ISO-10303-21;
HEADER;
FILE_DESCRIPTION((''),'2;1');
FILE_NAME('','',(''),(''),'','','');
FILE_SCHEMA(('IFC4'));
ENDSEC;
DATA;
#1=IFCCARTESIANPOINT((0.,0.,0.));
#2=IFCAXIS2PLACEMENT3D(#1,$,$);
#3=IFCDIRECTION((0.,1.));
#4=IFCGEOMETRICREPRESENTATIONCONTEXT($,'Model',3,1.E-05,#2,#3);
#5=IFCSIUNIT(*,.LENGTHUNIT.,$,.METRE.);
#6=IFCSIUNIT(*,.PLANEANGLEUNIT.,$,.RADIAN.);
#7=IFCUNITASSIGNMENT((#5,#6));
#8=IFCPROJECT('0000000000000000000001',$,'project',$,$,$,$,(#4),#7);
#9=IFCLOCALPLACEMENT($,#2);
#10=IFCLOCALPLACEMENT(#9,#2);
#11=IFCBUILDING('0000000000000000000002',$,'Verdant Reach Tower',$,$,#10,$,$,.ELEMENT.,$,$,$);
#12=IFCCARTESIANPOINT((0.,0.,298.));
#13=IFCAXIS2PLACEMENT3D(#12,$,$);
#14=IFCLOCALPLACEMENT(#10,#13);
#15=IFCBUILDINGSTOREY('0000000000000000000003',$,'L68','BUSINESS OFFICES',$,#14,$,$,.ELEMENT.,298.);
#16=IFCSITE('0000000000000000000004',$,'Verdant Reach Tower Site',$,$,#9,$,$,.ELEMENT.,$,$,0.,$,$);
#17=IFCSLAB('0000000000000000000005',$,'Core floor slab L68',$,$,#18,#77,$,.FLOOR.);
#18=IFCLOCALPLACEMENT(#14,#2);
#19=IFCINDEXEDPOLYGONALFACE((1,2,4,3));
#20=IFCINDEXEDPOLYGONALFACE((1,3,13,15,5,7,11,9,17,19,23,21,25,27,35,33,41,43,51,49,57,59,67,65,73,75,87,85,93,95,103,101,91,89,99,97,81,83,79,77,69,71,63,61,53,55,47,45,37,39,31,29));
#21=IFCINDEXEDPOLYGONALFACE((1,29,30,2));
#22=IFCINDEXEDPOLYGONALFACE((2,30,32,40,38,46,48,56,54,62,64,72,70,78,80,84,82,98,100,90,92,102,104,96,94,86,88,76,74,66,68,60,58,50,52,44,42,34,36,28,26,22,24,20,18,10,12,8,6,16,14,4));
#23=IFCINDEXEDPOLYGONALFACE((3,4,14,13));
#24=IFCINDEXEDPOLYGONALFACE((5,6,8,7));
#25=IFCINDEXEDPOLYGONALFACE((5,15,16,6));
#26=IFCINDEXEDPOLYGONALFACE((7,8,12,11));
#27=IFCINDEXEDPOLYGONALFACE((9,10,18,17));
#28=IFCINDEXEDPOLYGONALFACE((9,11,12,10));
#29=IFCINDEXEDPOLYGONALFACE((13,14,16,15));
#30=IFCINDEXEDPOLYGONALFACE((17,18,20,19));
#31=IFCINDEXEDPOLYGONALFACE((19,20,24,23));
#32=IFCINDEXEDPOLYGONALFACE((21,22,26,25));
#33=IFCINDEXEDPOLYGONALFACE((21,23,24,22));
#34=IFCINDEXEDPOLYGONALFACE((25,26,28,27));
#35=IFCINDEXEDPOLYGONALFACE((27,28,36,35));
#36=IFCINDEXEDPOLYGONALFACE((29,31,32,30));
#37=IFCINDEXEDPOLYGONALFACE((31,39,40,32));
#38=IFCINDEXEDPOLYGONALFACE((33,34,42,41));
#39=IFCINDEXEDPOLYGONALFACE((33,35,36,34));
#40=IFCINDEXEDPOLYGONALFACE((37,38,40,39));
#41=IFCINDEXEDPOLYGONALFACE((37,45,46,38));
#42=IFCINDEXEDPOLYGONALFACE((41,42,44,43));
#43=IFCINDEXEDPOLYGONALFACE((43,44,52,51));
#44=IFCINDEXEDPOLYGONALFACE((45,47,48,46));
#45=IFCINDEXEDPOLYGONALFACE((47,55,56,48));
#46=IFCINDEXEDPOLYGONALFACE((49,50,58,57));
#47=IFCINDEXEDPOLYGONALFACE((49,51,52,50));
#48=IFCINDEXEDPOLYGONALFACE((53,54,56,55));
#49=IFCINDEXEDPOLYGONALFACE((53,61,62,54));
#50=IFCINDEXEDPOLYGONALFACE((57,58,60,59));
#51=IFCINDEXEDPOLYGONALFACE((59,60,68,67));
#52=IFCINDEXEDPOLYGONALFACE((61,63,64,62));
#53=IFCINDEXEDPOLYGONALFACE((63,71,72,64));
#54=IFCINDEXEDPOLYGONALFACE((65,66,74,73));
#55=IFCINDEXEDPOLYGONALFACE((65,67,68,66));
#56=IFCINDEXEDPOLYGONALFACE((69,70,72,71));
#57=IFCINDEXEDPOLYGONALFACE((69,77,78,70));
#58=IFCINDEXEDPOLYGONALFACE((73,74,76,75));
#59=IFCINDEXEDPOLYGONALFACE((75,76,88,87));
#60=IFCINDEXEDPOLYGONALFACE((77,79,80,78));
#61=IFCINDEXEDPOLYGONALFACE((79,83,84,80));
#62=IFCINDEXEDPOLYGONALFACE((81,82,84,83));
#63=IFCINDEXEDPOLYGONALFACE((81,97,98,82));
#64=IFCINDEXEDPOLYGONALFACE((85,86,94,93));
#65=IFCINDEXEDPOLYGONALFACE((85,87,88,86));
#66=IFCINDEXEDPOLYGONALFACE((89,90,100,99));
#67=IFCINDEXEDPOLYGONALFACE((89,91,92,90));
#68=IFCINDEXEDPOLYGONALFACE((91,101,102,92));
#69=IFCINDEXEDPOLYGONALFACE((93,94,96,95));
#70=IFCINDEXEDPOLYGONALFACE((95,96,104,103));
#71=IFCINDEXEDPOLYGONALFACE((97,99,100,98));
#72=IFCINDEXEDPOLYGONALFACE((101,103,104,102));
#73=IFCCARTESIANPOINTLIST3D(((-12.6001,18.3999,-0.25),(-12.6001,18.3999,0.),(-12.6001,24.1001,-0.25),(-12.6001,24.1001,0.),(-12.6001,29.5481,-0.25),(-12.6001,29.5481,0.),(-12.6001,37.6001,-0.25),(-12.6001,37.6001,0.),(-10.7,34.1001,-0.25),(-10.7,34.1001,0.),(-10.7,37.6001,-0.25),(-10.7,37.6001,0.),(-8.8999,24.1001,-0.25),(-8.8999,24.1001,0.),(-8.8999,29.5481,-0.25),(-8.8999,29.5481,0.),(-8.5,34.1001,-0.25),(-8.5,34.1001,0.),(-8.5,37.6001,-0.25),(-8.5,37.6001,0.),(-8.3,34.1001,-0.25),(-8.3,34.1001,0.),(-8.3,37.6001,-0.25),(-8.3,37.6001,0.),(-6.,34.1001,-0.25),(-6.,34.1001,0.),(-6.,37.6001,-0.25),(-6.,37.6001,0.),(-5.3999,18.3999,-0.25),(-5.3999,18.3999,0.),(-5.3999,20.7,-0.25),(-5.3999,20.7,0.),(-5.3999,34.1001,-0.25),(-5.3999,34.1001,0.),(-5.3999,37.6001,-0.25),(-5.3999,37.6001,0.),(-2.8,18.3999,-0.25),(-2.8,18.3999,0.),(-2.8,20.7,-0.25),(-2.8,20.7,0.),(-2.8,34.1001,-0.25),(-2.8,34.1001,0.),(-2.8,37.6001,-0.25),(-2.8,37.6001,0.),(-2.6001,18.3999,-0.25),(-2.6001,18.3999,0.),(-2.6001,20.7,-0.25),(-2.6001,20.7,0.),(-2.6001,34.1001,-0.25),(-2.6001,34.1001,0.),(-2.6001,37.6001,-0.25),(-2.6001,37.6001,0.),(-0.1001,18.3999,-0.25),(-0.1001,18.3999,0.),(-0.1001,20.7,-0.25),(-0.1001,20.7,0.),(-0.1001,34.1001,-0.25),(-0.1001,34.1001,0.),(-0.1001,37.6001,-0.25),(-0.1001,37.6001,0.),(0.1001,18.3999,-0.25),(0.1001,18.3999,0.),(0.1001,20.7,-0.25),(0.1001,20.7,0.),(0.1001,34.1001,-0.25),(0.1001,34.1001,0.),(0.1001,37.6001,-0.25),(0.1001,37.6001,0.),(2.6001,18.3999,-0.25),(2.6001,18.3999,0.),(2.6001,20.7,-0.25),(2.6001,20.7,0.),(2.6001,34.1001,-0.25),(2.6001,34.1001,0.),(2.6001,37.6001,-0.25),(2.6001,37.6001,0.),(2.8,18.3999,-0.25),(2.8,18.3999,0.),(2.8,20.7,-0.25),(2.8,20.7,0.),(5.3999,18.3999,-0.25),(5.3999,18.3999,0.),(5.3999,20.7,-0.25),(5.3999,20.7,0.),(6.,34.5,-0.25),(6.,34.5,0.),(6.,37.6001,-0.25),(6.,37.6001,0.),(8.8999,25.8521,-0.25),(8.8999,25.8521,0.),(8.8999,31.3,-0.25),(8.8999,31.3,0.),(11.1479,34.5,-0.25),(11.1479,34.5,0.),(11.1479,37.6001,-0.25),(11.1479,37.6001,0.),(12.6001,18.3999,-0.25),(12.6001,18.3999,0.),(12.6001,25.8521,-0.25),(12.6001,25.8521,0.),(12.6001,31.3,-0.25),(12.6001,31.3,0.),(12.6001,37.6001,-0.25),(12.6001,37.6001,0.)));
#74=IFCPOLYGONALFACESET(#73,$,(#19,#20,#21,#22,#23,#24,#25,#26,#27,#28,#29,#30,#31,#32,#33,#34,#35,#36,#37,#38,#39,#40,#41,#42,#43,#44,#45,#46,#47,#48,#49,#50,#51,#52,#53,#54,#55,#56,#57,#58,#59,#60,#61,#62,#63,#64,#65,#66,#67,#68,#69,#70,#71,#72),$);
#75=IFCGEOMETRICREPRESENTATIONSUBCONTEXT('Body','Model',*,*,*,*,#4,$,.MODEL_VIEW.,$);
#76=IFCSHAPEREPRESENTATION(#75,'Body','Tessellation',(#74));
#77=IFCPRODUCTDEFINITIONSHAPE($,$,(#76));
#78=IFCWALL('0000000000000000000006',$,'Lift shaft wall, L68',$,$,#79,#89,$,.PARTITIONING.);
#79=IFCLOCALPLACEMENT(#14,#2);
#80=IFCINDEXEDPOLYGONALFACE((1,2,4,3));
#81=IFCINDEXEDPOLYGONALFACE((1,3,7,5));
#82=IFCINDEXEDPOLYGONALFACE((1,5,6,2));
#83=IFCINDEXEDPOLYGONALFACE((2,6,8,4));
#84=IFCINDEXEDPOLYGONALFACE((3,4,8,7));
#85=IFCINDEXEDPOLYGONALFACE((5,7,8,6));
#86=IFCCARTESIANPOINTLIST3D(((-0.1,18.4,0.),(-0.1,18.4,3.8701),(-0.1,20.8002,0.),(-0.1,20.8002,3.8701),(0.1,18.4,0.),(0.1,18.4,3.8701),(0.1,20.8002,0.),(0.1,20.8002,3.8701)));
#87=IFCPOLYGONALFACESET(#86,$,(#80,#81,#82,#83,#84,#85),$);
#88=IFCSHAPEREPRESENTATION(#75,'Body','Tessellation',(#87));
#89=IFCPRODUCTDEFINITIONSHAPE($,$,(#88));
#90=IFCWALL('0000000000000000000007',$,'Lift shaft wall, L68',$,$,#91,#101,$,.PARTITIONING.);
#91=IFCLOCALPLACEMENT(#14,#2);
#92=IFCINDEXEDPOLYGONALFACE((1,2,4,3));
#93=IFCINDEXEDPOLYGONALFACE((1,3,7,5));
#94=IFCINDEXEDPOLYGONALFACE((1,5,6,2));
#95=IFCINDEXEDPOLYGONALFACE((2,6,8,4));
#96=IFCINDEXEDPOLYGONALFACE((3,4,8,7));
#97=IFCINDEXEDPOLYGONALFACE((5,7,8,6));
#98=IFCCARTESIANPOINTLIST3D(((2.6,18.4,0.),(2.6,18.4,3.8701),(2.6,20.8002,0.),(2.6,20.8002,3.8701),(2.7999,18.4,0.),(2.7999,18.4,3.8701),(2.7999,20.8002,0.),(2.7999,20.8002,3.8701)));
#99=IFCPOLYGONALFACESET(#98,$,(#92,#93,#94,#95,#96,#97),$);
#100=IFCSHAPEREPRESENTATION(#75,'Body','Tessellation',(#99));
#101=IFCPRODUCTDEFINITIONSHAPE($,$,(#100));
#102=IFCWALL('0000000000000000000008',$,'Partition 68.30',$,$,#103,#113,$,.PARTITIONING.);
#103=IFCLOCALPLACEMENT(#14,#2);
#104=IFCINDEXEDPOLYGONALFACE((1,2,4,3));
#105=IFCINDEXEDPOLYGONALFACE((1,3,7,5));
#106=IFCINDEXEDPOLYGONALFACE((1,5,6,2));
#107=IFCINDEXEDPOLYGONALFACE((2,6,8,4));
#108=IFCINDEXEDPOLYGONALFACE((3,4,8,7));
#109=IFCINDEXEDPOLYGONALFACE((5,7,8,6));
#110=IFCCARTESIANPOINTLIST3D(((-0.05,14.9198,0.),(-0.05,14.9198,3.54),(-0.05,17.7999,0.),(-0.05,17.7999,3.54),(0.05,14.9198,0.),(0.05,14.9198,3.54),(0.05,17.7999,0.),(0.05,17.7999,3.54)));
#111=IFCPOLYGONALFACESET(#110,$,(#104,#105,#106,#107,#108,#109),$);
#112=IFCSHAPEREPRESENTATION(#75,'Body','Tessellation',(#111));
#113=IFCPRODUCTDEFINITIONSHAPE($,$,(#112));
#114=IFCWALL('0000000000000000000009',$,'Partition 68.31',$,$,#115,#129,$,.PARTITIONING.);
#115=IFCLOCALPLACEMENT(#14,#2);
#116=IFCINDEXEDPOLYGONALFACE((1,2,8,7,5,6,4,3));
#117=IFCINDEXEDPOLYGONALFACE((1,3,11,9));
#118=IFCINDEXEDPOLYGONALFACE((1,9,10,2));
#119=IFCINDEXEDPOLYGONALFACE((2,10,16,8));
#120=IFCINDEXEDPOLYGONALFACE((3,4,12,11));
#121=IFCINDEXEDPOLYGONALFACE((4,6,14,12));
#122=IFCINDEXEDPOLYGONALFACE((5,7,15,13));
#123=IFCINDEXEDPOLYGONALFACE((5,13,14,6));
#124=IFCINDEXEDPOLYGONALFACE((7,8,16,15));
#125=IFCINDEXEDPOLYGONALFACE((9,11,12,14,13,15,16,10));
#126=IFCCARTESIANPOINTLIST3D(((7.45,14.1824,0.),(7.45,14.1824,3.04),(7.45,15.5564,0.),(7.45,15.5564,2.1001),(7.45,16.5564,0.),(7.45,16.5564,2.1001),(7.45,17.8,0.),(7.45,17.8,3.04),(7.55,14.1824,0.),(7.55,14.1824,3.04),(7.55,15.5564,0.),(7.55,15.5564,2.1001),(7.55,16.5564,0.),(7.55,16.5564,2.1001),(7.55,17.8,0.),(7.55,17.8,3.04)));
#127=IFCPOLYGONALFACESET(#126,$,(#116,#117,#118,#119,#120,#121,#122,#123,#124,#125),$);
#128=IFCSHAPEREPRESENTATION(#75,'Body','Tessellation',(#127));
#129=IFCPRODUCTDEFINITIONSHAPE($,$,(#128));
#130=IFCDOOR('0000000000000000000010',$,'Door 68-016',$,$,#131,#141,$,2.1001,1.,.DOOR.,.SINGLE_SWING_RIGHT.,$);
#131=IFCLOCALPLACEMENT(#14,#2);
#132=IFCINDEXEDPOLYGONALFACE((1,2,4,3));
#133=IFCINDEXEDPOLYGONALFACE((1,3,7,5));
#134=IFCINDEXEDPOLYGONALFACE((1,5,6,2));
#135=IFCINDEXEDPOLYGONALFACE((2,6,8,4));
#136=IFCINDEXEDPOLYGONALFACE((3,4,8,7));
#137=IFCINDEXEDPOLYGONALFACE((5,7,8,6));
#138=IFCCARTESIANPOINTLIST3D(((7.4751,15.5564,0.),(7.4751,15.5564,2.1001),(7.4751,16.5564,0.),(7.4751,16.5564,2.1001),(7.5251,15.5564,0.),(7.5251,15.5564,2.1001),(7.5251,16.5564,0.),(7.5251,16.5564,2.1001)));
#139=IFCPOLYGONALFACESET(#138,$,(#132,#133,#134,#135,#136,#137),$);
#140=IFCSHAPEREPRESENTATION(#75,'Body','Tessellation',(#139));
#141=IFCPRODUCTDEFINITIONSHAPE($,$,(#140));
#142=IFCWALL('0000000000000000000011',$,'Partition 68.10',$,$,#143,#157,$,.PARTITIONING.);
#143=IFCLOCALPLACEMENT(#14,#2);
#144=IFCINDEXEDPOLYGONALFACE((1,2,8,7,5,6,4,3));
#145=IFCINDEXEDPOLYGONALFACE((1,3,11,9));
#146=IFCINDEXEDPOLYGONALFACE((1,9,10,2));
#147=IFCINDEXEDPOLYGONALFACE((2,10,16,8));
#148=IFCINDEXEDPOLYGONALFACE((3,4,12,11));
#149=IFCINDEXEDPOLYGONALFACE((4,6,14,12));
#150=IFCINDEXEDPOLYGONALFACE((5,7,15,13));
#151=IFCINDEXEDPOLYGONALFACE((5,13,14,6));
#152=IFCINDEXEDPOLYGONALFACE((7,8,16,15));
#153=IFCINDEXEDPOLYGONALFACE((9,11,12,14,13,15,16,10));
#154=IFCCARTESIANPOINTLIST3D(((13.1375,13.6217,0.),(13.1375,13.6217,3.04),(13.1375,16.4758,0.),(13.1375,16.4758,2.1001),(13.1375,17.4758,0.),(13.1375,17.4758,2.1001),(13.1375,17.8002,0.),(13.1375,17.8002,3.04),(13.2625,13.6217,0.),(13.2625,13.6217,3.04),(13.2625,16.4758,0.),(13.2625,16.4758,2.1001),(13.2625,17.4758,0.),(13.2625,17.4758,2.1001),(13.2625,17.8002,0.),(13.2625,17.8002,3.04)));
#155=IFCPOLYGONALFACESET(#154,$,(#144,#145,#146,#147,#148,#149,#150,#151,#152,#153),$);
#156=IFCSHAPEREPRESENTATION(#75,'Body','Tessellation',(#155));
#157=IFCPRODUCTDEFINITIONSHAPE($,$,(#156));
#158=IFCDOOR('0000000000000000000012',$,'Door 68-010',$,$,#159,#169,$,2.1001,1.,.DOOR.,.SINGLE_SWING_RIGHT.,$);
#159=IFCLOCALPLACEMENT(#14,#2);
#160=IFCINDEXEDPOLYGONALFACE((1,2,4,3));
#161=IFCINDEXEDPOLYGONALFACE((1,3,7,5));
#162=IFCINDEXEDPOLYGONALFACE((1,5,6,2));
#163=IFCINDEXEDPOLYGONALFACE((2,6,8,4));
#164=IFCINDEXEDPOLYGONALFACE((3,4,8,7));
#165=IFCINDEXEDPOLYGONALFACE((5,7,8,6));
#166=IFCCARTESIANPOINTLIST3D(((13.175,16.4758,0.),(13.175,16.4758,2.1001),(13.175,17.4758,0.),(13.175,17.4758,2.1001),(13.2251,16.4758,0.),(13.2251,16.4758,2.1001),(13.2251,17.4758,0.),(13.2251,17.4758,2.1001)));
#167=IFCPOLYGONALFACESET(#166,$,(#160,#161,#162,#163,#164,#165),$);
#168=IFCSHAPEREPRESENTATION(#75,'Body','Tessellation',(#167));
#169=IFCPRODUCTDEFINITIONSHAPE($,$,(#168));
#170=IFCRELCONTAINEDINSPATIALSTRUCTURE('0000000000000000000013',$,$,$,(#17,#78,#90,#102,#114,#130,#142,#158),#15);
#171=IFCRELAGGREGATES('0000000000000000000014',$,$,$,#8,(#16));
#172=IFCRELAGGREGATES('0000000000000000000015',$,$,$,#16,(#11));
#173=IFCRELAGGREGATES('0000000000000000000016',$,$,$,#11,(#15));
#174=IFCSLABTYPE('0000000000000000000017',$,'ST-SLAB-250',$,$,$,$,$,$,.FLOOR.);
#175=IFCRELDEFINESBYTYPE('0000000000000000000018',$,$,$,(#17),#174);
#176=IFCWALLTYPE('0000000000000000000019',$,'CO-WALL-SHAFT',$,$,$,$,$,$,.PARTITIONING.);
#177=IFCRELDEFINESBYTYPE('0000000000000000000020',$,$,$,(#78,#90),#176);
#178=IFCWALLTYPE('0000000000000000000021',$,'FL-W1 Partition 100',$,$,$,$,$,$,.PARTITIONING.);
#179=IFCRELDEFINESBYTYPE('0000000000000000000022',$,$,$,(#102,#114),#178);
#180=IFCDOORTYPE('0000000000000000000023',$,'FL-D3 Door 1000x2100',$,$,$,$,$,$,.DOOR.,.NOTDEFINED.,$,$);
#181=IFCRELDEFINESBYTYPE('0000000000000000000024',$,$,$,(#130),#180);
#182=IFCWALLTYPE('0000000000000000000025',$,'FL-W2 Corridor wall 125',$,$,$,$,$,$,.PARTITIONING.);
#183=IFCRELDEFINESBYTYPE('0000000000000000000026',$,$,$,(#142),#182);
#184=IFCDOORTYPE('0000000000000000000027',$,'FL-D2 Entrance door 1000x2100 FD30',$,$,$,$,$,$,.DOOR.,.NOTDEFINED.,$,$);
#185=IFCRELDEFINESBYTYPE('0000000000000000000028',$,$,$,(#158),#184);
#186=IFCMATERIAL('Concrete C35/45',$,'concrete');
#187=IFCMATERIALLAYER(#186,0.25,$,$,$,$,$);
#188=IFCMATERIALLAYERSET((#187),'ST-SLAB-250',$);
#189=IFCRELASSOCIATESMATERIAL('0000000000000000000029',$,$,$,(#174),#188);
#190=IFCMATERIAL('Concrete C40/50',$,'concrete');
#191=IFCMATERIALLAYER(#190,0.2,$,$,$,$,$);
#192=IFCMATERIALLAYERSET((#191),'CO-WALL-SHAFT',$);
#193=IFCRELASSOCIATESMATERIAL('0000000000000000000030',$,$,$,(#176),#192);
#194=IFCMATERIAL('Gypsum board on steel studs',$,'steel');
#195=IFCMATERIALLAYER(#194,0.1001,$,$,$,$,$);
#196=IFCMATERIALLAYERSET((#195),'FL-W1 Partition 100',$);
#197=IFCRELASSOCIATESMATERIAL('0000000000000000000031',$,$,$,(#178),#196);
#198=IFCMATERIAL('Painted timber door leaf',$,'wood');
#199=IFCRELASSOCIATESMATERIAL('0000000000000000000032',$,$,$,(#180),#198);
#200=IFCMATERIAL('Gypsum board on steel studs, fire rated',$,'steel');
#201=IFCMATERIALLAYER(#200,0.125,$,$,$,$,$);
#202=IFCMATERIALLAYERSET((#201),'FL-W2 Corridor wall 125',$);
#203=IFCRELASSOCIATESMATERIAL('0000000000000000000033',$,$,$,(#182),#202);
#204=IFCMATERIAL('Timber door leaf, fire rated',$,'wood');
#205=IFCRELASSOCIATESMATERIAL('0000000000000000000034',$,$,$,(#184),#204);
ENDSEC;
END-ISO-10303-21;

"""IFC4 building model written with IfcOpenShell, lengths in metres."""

from ifc_helpers import new_model, si_unit, direction, frame, frame_2d, origin, place, context, subcontext, project, spatial, polyline, rectangle, outline, extrude, material, layer, layer_set, type_object, element, fill, save


model = new_model("IFC4")

# Units and contexts
model_context = context("Model", 3, precision=1e-05, world=origin(), true_north=direction((0.0, 1.0)))
body_context = subcontext(model_context, "Body", "Model", "MODEL_VIEW")
ifc_project = project(units=[si_unit("LENGTHUNIT", "METRE"), si_unit("PLANEANGLEUNIT", "RADIAN")], contexts=[model_context])

# Site, building, storey
site_placement = place(None, origin())
site = spatial("IfcSite", under=ifc_project, at=site_placement, Name="Verdant Reach Tower Site", CompositionType="ELEMENT", RefElevation=0.0)
building_placement = place(site_placement, origin())
building = spatial("IfcBuilding", under=site, at=building_placement, Name="Verdant Reach Tower", CompositionType="ELEMENT")
storey_placement = place(building_placement, frame((0.0, 0.0, 298.0)))
storey = spatial("IfcBuildingStorey", under=building, at=storey_placement, Name="L68", Description="BUSINESS OFFICES", CompositionType="ELEMENT", Elevation=298.0)

# Shared definitions
ifc_material_1 = material(Name="Concrete C40/50", Category="concrete")

# Slab
ifc_material_2 = material(Name="Concrete C35/45", Category="concrete")
ifc_layer_1 = layer(ifc_material_2, 0.25)
ifc_layer_set_1 = layer_set([ifc_layer_1], Name="ST-SLAB-250")
slab_type_1 = type_object("IfcSlabType", Name="ST-SLAB-250", PredefinedType="FLOOR", material=ifc_layer_set_1)
slab_1_placement = place(storey_placement, frame((0.0, 0.0, -0.25)))
element("IfcSlab", 1, at=slab_1_placement, inside=storey, type_object=slab_type_1, Name="Core floor slab L68", PredefinedType="FLOOR", context=body_context, shape_type="SweptSolid", body=[
    extrude(outline(polyline([(12.6001, 18.3999), (5.3999, 18.3999), (5.3999, 20.7), (2.8, 20.7), (2.8, 18.3999), (2.6001, 18.3999), (2.6001, 20.7), (0.1001, 20.7), (0.1001, 18.3999), (-0.1001, 18.3999), (-0.1001, 20.7), (-2.6001, 20.7), (-2.6001, 18.3999), (-2.8, 18.3999), (-2.8, 20.7), (-5.3999, 20.7), (-5.3999, 18.3999), (-12.6001, 18.3999), (-12.6001, 24.1001), (-8.8999, 24.1001), (-8.8999, 29.5481), (-12.6001, 29.5481), (-12.6001, 37.6001), (-10.7, 37.6001), (-10.7, 34.1001), (-8.5, 34.1001), (-8.5, 37.6001), (-8.3, 37.6001), (-8.3, 34.1001), (-6.0, 34.1001), (-6.0, 37.6001), (-5.3999, 37.6001), (-5.3999, 34.1001), (-2.8, 34.1001), (-2.8, 37.6001), (-2.6001, 37.6001), (-2.6001, 34.1001), (-0.1001, 34.1001), (-0.1001, 37.6001), (0.1001, 37.6001), (0.1001, 34.1001), (2.6001, 34.1001), (2.6001, 37.6001), (6.0, 37.6001), (6.0, 34.5), (11.1479, 34.5), (11.1479, 37.6001), (12.6001, 37.6001), (12.6001, 31.3), (8.8999, 31.3), (8.8999, 25.8521), (12.6001, 25.8521), (12.6001, 18.3999)])), origin(), (0.0, 0.0, 1.0), 0.25),
])

# Walls
ifc_layer_2 = layer(ifc_material_1, 0.2)
ifc_layer_set_2 = layer_set([ifc_layer_2], Name="CO-WALL-SHAFT")
wall_type_1 = type_object("IfcWallType", Name="CO-WALL-SHAFT", PredefinedType="PARTITIONING", material=ifc_layer_set_2)
for number, where, z_axis, x_axis, name in (
    (2, (0.0, 18.3999, 0.0), (0.0, 0.0, 1.0), (0.0, 1.0, 0.0), "Lift shaft wall, L68"),
    (3, (2.7, 18.3999, 0.0), (0.0, 0.0, 1.0), (0.0, 1.0, 0.0), "Lift shaft wall, L68"),
):
    element("IfcWall", number, at=place(storey_placement, frame(where, z_axis=z_axis, x_axis=x_axis)), inside=storey, type_object=wall_type_1, Name=name, PredefinedType="PARTITIONING", context=body_context, shape_type="SweptSolid", body=[
        extrude(rectangle(XDim=2.4001, YDim=0.2, at=frame_2d((1.2002, 0.0))), origin(), (0.0, 0.0, 1.0), 3.8701),
    ])
ifc_material_3 = material(Name="Gypsum board on steel studs", Category="steel")
ifc_layer_3 = layer(ifc_material_3, 0.1001)
ifc_layer_set_3 = layer_set([ifc_layer_3], Name="FL-W1 Partition 100")
wall_type_2 = type_object("IfcWallType", Name="FL-W1 Partition 100", PredefinedType="PARTITIONING", material=ifc_layer_set_3)
wall_1_placement = place(storey_placement, frame((0.0, 14.9199, 0.0), z_axis=(0.0, 0.0, 1.0), x_axis=(0.0, 1.0, 0.0)))
element("IfcWall", 4, at=wall_1_placement, inside=storey, type_object=wall_type_2, Name="Partition 68.30", PredefinedType="PARTITIONING", context=body_context, shape_type="SweptSolid", body=[
    extrude(rectangle(XDim=2.8801, YDim=0.1001, at=frame_2d((1.4399, 0.0))), origin(), (0.0, 0.0, 1.0), 3.54),
])

# Walls, openings, doors
wall_2_placement = place(storey_placement, frame((7.5, 14.1824, 0.0), z_axis=(0.0, 0.0, 1.0), x_axis=(0.0, 1.0, 0.0)))
wall_2 = element("IfcWall", 5, at=wall_2_placement, inside=storey, type_object=wall_type_2, Name="Partition 68.31", PredefinedType="PARTITIONING", context=body_context, shape_type="SweptSolid", body=[
    extrude(rectangle(XDim=3.6177, YDim=0.1001, at=frame_2d((1.8088, 0.0))), origin(), (0.0, 0.0, 1.0), 3.04),
])
opening_1_placement = place(wall_2_placement, frame((1.374, 0.0, 0.0)))
opening_1 = element("IfcOpeningElement", 6, at=opening_1_placement, cuts=wall_2, PredefinedType="OPENING", context=body_context, shape_type="SweptSolid", body=[
    extrude(rectangle(XDim=1.0, YDim=2.1001, at=frame_2d((0.5, 1.05))), frame((0.0, 0.0601, 0.0), z_axis=(0.0, -1.0, 0.0), x_axis=(1.0, 0.0, 0.0)), (0.0, 0.0, 1.0), 0.1201),
])
ifc_material_4 = material(Name="Painted timber door leaf", Category="wood")
door_type_1 = type_object("IfcDoorType", Name="FL-D3 Door 1000x2100", OperationType="NOTDEFINED", PredefinedType="DOOR", material=ifc_material_4)
door_1_placement = place(opening_1_placement, origin())
door_1 = element("IfcDoor", 7, at=door_1_placement, inside=storey, type_object=door_type_1, Name="Door 68-016", OperationType="SINGLE_SWING_RIGHT", OverallHeight=2.1001, OverallWidth=1.0, PredefinedType="DOOR", context=body_context, shape_type="SweptSolid", body=[
    extrude(rectangle(XDim=1.0, YDim=2.1001, at=frame_2d((0.5, 1.05))), frame((0.0, 0.0249, 0.0), z_axis=(0.0, -1.0, 0.0), x_axis=(1.0, 0.0, 0.0)), (0.0, 0.0, 1.0), 0.05),
])
fill(opening_1, door_1)
ifc_material_5 = material(Name="Gypsum board on steel studs, fire rated", Category="steel")
ifc_layer_4 = layer(ifc_material_5, 0.125)
ifc_layer_set_4 = layer_set([ifc_layer_4], Name="FL-W2 Corridor wall 125")
wall_type_3 = type_object("IfcWallType", Name="FL-W2 Corridor wall 125", PredefinedType="PARTITIONING", material=ifc_layer_set_4)
wall_3_placement = place(storey_placement, frame((13.2, 13.6216, 0.0), z_axis=(0.0, 0.0, 1.0), x_axis=(0.0, 1.0, 0.0)))
wall_3 = element("IfcWall", 8, at=wall_3_placement, inside=storey, type_object=wall_type_3, Name="Partition 68.10", PredefinedType="PARTITIONING", context=body_context, shape_type="SweptSolid", body=[
    extrude(rectangle(XDim=4.1785, YDim=0.125, at=frame_2d((2.0894, 0.0))), origin(), (0.0, 0.0, 1.0), 3.04),
])
opening_2_placement = place(wall_3_placement, frame((2.8542, 0.0, 0.0)))
opening_2 = element("IfcOpeningElement", 9, at=opening_2_placement, cuts=wall_3, PredefinedType="OPENING", context=body_context, shape_type="SweptSolid", body=[
    extrude(rectangle(XDim=1.0, YDim=2.1001, at=frame_2d((0.5, 1.05))), frame((0.0, 0.0725, 0.0), z_axis=(0.0, -1.0, 0.0), x_axis=(1.0, 0.0, 0.0)), (0.0, 0.0, 1.0), 0.145),
])
ifc_material_6 = material(Name="Timber door leaf, fire rated", Category="wood")
door_type_2 = type_object("IfcDoorType", Name="FL-D2 Entrance door 1000x2100 FD30", OperationType="NOTDEFINED", PredefinedType="DOOR", material=ifc_material_6)
door_2_placement = place(opening_2_placement, origin())
door_2 = element("IfcDoor", 10, at=door_2_placement, inside=storey, type_object=door_type_2, Name="Door 68-010", OperationType="SINGLE_SWING_RIGHT", OverallHeight=2.1001, OverallWidth=1.0, PredefinedType="DOOR", context=body_context, shape_type="SweptSolid", body=[
    extrude(rectangle(XDim=1.0, YDim=2.1001, at=frame_2d((0.5, 1.05))), frame((0.0, 0.0249, 0.0), z_axis=(0.0, -1.0, 0.0), x_axis=(1.0, 0.0, 0.0)), (0.0, 0.0, 1.0), 0.05),
])
fill(opening_2, door_2)

save(model, "model.ifc")
